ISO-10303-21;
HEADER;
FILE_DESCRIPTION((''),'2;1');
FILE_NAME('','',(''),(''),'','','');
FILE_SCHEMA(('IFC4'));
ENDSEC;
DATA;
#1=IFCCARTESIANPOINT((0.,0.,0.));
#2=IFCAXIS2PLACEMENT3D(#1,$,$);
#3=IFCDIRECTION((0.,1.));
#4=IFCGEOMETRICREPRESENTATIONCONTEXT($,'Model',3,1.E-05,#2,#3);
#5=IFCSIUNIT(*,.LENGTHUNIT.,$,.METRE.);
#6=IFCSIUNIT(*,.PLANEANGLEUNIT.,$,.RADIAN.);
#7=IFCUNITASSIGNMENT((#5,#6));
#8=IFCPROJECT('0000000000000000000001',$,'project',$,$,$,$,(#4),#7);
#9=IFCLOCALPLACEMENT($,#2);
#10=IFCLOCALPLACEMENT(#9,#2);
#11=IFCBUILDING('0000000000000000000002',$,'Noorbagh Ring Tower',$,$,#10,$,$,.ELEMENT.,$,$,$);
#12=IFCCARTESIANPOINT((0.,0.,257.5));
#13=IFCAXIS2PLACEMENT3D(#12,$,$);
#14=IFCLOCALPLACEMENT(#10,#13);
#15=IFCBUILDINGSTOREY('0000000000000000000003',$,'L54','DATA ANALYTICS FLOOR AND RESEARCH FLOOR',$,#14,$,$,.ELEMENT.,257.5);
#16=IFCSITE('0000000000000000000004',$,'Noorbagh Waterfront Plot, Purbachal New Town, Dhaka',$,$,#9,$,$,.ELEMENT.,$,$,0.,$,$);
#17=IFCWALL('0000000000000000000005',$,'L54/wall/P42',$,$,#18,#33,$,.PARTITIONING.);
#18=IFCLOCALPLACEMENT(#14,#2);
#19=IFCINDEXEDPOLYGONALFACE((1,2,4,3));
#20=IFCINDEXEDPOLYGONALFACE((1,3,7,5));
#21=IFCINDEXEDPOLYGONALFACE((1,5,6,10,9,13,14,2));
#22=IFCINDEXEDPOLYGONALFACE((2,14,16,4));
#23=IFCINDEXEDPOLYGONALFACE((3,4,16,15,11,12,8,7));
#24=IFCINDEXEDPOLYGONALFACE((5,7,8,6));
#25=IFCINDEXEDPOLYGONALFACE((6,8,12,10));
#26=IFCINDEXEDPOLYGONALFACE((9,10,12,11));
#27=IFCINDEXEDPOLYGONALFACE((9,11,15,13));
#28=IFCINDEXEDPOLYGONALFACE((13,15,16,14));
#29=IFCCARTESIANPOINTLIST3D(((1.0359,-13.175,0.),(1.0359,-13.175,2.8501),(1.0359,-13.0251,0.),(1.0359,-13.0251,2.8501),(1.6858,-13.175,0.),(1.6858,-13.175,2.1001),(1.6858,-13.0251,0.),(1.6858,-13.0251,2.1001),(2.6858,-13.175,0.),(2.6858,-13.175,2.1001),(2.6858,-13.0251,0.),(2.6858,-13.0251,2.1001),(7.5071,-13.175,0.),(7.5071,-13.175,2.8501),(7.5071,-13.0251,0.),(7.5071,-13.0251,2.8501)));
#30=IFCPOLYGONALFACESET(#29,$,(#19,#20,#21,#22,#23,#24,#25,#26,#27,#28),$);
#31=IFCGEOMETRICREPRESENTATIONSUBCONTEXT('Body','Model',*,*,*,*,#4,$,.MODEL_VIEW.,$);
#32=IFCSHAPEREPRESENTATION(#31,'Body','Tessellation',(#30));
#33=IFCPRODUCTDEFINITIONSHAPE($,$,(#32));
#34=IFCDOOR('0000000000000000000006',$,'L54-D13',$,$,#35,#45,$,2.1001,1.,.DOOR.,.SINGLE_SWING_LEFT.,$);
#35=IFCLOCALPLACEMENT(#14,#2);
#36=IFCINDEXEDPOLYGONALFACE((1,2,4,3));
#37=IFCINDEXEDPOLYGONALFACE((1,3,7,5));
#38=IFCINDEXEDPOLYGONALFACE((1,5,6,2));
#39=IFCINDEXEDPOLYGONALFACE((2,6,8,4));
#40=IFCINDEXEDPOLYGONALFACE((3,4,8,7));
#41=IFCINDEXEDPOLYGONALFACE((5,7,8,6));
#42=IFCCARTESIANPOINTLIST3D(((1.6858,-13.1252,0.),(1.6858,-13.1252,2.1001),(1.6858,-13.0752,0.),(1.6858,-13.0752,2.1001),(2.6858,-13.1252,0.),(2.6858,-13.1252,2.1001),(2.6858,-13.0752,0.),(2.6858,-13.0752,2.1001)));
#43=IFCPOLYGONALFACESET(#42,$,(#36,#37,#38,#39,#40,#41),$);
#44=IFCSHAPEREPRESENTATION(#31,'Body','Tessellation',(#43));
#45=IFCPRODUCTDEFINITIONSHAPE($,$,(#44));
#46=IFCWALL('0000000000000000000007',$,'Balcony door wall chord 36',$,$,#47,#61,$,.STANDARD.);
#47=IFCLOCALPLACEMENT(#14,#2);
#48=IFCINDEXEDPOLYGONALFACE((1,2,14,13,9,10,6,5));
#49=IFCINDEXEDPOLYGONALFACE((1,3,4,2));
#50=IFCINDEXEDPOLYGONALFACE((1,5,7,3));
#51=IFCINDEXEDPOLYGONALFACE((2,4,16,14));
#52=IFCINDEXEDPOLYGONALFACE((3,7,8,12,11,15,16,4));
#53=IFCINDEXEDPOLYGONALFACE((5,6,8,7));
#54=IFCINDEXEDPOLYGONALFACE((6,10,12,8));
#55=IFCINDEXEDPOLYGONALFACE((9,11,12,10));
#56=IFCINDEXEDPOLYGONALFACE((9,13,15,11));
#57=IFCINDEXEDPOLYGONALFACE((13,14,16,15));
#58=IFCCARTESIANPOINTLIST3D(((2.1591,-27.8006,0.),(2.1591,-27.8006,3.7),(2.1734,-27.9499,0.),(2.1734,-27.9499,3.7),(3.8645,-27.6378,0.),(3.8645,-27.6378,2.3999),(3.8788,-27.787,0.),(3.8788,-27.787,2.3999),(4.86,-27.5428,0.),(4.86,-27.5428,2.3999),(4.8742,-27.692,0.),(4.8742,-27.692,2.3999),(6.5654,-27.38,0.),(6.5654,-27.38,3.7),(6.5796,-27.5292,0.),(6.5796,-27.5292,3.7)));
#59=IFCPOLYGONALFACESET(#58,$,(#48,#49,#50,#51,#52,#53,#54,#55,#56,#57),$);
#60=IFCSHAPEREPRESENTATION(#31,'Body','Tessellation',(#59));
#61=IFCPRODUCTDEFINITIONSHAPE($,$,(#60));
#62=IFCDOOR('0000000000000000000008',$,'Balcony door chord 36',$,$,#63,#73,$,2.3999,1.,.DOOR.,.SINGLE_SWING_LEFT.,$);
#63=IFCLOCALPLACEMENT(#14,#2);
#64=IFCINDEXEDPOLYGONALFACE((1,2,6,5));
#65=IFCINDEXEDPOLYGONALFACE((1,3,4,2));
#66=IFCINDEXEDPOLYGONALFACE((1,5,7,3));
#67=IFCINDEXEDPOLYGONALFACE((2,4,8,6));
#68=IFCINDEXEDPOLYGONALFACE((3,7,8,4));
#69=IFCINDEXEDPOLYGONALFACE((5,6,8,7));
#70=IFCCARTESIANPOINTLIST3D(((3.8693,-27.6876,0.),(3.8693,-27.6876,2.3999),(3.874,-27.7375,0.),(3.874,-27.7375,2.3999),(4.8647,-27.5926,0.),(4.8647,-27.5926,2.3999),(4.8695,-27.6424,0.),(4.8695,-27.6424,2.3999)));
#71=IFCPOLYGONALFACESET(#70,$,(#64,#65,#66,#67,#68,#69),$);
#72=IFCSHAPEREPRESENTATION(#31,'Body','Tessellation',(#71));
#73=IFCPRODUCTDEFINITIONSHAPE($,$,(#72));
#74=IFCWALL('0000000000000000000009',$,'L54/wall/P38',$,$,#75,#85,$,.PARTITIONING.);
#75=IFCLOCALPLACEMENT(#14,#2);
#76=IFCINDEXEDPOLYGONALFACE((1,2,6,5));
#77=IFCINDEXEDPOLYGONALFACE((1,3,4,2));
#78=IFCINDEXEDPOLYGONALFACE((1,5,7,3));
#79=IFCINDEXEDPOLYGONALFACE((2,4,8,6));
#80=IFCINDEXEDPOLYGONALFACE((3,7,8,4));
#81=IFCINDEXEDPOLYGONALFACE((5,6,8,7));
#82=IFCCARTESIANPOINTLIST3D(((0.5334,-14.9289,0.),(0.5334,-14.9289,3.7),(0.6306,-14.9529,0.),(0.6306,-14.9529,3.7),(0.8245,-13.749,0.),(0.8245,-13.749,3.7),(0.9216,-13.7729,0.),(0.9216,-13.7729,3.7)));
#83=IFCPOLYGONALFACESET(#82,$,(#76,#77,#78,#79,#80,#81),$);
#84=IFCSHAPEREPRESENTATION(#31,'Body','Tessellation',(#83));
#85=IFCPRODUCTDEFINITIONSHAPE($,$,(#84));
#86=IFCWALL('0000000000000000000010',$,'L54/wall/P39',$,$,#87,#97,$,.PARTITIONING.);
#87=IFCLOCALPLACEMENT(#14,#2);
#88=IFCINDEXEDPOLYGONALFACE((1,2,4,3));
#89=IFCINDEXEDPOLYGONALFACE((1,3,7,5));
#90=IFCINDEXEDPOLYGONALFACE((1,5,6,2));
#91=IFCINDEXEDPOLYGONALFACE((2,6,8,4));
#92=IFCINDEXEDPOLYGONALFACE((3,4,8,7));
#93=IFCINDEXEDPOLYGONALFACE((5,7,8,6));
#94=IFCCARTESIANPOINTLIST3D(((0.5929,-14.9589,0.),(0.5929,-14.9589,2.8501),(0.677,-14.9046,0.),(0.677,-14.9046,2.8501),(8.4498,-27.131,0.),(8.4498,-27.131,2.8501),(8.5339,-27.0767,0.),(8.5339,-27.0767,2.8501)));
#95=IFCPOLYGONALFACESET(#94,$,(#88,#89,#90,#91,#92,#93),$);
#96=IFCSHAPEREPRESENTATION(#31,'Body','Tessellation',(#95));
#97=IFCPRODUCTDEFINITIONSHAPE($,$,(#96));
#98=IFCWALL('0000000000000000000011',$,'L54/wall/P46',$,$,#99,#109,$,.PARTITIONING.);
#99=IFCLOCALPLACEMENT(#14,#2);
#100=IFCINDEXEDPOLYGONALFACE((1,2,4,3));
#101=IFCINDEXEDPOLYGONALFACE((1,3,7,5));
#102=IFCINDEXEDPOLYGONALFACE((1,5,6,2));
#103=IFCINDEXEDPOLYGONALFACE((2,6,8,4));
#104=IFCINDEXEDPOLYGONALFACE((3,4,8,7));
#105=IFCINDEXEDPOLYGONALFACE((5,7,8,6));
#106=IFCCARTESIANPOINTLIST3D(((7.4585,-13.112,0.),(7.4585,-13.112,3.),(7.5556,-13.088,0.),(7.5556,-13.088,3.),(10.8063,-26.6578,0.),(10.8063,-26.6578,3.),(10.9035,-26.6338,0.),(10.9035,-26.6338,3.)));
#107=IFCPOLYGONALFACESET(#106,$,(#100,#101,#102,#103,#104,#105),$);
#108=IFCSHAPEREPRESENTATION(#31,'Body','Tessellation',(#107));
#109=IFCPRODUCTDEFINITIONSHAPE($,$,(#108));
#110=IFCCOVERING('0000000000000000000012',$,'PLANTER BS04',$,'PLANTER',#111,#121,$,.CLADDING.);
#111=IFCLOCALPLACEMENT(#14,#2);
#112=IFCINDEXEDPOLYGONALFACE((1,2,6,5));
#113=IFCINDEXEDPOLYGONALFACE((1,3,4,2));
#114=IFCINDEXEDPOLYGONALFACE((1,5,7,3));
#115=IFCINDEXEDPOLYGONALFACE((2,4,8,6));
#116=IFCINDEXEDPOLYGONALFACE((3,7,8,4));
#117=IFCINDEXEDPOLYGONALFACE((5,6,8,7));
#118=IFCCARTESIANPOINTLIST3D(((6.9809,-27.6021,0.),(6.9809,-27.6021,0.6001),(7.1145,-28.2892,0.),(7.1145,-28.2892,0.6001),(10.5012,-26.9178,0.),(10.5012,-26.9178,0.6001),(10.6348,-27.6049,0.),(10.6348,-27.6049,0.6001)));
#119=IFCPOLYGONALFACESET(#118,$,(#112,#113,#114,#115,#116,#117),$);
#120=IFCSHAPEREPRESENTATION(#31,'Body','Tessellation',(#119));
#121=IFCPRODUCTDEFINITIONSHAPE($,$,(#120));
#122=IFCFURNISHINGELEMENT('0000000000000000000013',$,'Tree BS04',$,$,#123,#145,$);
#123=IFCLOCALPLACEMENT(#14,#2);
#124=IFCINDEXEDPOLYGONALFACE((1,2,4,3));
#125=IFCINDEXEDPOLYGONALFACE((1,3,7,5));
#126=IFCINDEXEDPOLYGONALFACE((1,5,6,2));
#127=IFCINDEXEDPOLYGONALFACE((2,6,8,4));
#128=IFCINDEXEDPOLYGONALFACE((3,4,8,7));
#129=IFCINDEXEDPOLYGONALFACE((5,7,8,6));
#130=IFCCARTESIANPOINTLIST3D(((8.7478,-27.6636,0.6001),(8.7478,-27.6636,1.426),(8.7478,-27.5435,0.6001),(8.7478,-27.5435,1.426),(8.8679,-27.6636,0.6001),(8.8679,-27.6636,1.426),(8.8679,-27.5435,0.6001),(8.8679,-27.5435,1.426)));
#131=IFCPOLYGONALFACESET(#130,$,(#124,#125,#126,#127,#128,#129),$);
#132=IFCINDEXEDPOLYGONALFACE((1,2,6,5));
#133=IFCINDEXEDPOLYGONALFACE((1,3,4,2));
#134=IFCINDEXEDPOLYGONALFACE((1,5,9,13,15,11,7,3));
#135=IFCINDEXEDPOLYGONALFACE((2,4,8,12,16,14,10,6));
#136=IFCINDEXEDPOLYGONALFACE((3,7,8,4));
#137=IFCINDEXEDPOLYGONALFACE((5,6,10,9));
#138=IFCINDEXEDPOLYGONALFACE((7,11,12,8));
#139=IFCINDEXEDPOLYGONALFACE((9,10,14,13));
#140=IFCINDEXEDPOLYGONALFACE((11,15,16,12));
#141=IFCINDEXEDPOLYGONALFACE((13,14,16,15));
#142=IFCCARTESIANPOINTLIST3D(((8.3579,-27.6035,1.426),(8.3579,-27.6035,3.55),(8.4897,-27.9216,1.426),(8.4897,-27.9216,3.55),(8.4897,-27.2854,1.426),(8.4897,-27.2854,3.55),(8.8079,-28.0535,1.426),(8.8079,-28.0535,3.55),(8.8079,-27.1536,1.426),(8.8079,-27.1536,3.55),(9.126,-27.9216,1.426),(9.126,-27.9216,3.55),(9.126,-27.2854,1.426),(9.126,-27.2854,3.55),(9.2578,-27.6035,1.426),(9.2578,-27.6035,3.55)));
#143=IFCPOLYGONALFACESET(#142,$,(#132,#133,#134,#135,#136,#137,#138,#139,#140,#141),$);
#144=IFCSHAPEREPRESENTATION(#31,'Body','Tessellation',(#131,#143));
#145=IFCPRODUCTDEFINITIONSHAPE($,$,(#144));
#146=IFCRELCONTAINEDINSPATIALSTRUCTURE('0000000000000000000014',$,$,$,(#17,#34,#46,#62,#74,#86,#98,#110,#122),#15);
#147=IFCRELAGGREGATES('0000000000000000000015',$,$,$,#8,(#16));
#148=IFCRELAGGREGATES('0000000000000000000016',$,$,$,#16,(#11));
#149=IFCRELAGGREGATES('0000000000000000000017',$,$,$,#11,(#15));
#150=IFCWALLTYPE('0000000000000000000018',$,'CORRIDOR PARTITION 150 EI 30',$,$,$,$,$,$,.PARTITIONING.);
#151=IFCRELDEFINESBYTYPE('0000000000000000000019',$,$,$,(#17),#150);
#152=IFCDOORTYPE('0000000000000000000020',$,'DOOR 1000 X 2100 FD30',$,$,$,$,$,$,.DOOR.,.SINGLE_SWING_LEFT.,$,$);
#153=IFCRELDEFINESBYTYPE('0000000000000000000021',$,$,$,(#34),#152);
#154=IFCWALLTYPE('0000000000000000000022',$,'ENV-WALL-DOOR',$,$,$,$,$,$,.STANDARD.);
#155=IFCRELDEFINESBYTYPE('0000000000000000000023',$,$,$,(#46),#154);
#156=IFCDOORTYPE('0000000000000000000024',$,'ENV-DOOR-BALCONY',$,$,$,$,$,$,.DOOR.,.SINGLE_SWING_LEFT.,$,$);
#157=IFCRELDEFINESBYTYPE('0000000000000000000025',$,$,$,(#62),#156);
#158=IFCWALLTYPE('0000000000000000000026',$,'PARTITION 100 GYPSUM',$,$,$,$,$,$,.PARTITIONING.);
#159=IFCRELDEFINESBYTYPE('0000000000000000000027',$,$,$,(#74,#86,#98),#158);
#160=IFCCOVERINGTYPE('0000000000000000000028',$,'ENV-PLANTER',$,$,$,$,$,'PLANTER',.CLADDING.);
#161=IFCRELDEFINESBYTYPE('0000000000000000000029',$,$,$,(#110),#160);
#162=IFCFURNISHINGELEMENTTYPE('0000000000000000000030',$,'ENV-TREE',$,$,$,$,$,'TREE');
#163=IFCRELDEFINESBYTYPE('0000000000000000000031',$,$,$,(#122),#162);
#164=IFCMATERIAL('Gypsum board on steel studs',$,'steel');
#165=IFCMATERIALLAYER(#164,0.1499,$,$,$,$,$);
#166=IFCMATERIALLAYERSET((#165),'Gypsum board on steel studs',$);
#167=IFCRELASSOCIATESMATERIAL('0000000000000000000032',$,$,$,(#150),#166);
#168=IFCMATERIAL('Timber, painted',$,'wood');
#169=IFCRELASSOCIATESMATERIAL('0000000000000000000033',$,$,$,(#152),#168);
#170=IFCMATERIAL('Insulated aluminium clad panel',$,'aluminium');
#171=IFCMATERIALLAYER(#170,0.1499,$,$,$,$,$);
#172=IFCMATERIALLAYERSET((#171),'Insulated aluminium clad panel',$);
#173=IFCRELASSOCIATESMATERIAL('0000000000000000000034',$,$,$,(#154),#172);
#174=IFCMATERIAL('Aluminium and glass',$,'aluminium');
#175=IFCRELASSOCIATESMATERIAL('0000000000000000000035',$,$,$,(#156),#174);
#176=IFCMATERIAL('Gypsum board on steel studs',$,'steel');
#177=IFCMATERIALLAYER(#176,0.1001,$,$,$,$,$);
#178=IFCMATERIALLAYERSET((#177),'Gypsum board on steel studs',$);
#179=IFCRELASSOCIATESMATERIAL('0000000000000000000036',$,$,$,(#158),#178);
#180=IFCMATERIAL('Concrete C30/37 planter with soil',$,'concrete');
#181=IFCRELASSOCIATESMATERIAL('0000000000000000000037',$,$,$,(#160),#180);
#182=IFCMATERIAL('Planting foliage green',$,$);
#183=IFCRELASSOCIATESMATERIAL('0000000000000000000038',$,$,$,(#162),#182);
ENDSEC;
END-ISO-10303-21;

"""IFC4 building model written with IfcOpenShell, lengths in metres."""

from ifc_helpers import new_model, si_unit, direction, frame, frame_2d, origin, origin_2d, place, context, subcontext, project, spatial, polyline, rectangle, outline, extrude, material, layer, layer_set, type_object, element, fill, save


model = new_model("IFC4")

# Units and contexts
model_context = context("Model", 3, precision=1e-05, world=origin(), true_north=direction((0.0, 1.0)))
body_context = subcontext(model_context, "Body", "Model", "MODEL_VIEW")
ifc_project = project(units=[si_unit("LENGTHUNIT", "METRE"), si_unit("PLANEANGLEUNIT", "RADIAN")], contexts=[model_context])

# Site, building, storey
site_placement = place(None, origin())
site = spatial("IfcSite", under=ifc_project, at=site_placement, Name="Noorbagh Waterfront Plot, Purbachal New Town, Dhaka", CompositionType="ELEMENT", RefElevation=0.0)
building_placement = place(site_placement, origin())
building = spatial("IfcBuilding", under=site, at=building_placement, Name="Noorbagh Ring Tower", CompositionType="ELEMENT")
storey_placement = place(building_placement, frame((0.0, 0.0, 257.5)))
storey = spatial("IfcBuildingStorey", under=building, at=storey_placement, Name="L54", Description="DATA ANALYTICS FLOOR AND RESEARCH FLOOR", CompositionType="ELEMENT", Elevation=257.5)

# Shared definitions
ifc_material_1 = material(Name="Gypsum board on steel studs", Category="steel")
ifc_layer_1 = layer(ifc_material_1, 0.1499)
ifc_layer_set_1 = layer_set([ifc_layer_1], Name="Gypsum board on steel studs")
wall_type_1 = type_object("IfcWallType", Name="CORRIDOR PARTITION 150 EI 30", PredefinedType="PARTITIONING", material=ifc_layer_set_1)

# Walls, openings, doors
wall_1_placement = place(storey_placement, frame((1.0359, -13.1001, 0.0), z_axis=(0.0, 0.0, 1.0), x_axis=(1.0, 0.0, 0.0)))
wall_1 = element("IfcWall", 1, at=wall_1_placement, inside=storey, type_object=wall_type_1, Name="L54/wall/P42", PredefinedType="PARTITIONING", context=body_context, shape_type="SweptSolid", body=[
    extrude(rectangle(XDim=6.4712, YDim=0.1499, at=frame_2d((3.2356, 0.0))), origin(), (0.0, 0.0, 1.0), 2.8501),
])
opening_1_placement = place(wall_1_placement, frame((0.6499, 0.0, 0.0)))
opening_1 = element("IfcOpeningElement", 2, at=opening_1_placement, cuts=wall_1, PredefinedType="OPENING", context=body_context, shape_type="SweptSolid", body=[
    extrude(rectangle(XDim=1.0, YDim=2.1001, at=frame_2d((0.5, 1.05))), frame((0.0, 0.085, 0.0), z_axis=(0.0, -1.0, 0.0), x_axis=(1.0, 0.0, 0.0)), (0.0, 0.0, 1.0), 0.1699),
])
ifc_material_2 = material(Name="Timber, painted", Category="wood")
door_type_1 = type_object("IfcDoorType", Name="DOOR 1000 X 2100 FD30", OperationType="SINGLE_SWING_LEFT", PredefinedType="DOOR", material=ifc_material_2)
door_1_placement = place(opening_1_placement, origin())
door_1 = element("IfcDoor", 3, at=door_1_placement, inside=storey, type_object=door_type_1, Name="L54-D13", OperationType="SINGLE_SWING_LEFT", OverallHeight=2.1001, OverallWidth=1.0, PredefinedType="DOOR", context=body_context, shape_type="SweptSolid", body=[
    extrude(rectangle(XDim=1.0, YDim=2.1001, at=frame_2d((0.5, 1.05))), frame((0.0, 0.0249, 0.0), z_axis=(0.0, -1.0, 0.0), x_axis=(1.0, 0.0, 0.0)), (0.0, 0.0, 1.0), 0.05),
])
fill(opening_1, door_1)
ifc_material_3 = material(Name="Insulated aluminium clad panel", Category="aluminium")
ifc_layer_2 = layer(ifc_material_3, 0.1499)
ifc_layer_set_2 = layer_set([ifc_layer_2], Name="Insulated aluminium clad panel")
wall_type_2 = type_object("IfcWallType", Name="ENV-WALL-DOOR", PredefinedType="STANDARD", material=ifc_layer_set_2)
wall_2_placement = place(storey_placement, frame((2.1663, -27.8752, 0.0), z_axis=(0.0, 0.0, 1.0), x_axis=(0.995474, 0.095036, 0.0)))
wall_2 = element("IfcWall", 4, at=wall_2_placement, inside=storey, type_object=wall_type_2, Name="Balcony door wall chord 36", PredefinedType="STANDARD", context=body_context, shape_type="SweptSolid", body=[
    extrude(rectangle(XDim=4.4263, YDim=0.1499, at=frame_2d((2.2131, 0.0))), origin(), (0.0, 0.0, 1.0), 3.7),
])
opening_2_placement = place(wall_2_placement, frame((1.7131, 0.0, 0.0)))
opening_2 = element("IfcOpeningElement", 5, at=opening_2_placement, cuts=wall_2, PredefinedType="OPENING", context=body_context, shape_type="SweptSolid", body=[
    extrude(rectangle(XDim=1.0, YDim=2.3999, at=frame_2d((0.5, 1.2))), frame((0.0, 0.085, 0.0), z_axis=(0.0, -1.0, 0.0), x_axis=(1.0, 0.0, 0.0)), (0.0, 0.0, 1.0), 0.1699),
])
ifc_material_4 = material(Name="Aluminium and glass", Category="aluminium")
door_type_2 = type_object("IfcDoorType", Name="ENV-DOOR-BALCONY", OperationType="SINGLE_SWING_LEFT", PredefinedType="DOOR", material=ifc_material_4)
door_2_placement = place(opening_2_placement, origin())
door_2 = element("IfcDoor", 6, at=door_2_placement, inside=storey, type_object=door_type_2, Name="Balcony door chord 36", OperationType="SINGLE_SWING_LEFT", OverallHeight=2.3999, OverallWidth=1.0, PredefinedType="DOOR", context=body_context, shape_type="SweptSolid", body=[
    extrude(rectangle(XDim=1.0, YDim=2.3999, at=frame_2d((0.5, 1.2))), frame((0.0, 0.0249, 0.0), z_axis=(0.0, -1.0, 0.0), x_axis=(1.0, 0.0, 0.0)), (0.0, 0.0, 1.0), 0.05),
])
fill(opening_2, door_2)

# Walls
ifc_material_5 = material(Name="Gypsum board on steel studs", Category="steel")
ifc_layer_3 = layer(ifc_material_5, 0.1001)
ifc_layer_set_3 = layer_set([ifc_layer_3], Name="Gypsum board on steel studs")
wall_type_3 = type_object("IfcWallType", Name="PARTITION 100 GYPSUM", PredefinedType="PARTITIONING", material=ifc_layer_set_3)
wall_3_placement = place(storey_placement, frame((0.582, -14.9409, 0.0), z_axis=(0.0, 0.0, 1.0), x_axis=(0.239462, 0.970906, 0.0)))
element("IfcWall", 7, at=wall_3_placement, inside=storey, type_object=wall_type_3, Name="L54/wall/P38", PredefinedType="PARTITIONING", context=body_context, shape_type="SweptSolid", body=[
    extrude(rectangle(XDim=1.2153, YDim=0.1001, at=frame_2d((0.6077, 0.0))), origin(), (0.0, 0.0, 1.0), 3.7),
])
wall_4_placement = place(storey_placement, frame((0.635, -14.9319, 0.0), z_axis=(0.0, 0.0, 1.0), x_axis=(0.54232, -0.840172, 0.0)))
element("IfcWall", 8, at=wall_4_placement, inside=storey, type_object=wall_type_3, Name="L54/wall/P39", PredefinedType="PARTITIONING", context=body_context, shape_type="SweptSolid", body=[
    extrude(rectangle(XDim=14.4875, YDim=0.1001, at=frame_2d((7.2437, 0.0))), origin(), (0.0, 0.0, 1.0), 2.8501),
])
wall_5_placement = place(storey_placement, frame((7.5071, -13.1001, 0.0), z_axis=(0.0, 0.0, 1.0), x_axis=(0.239933, -0.970789, 0.0)))
element("IfcWall", 9, at=wall_5_placement, inside=storey, type_object=wall_type_3, Name="L54/wall/P46", PredefinedType="PARTITIONING", context=body_context, shape_type="SweptSolid", body=[
    extrude(rectangle(XDim=13.9534, YDim=0.1001, at=frame_2d((6.9766, 0.0))), origin(), (0.0, 0.0, 1.0), 3.0),
])

# Covering
ifc_material_6 = material(Name="Concrete C30/37 planter with soil", Category="concrete")
covering_type = type_object("IfcCoveringType", Name="ENV-PLANTER", ElementType="PLANTER", PredefinedType="CLADDING", material=ifc_material_6)
covering_placement = place(storey_placement, frame((8.8079, -27.6035, 0.0), z_axis=(0.0, 0.0, 1.0), x_axis=(0.981625, 0.19082, 0.0)))
element("IfcCovering", 10, at=covering_placement, inside=storey, type_object=covering_type, Name="PLANTER BS04", ObjectType="PLANTER", PredefinedType="CLADDING", context=body_context, shape_type="SweptSolid", body=[
    extrude(rectangle(XDim=3.5862, YDim=0.7, at=origin_2d()), origin(), (0.0, 0.0, 1.0), 0.6001),
])

# Furnishing element
ifc_material_7 = material(Name="Planting foliage green")
furnishing_element_type = type_object("IfcFurnishingElementType", Name="ENV-TREE", ElementType="TREE", material=ifc_material_7)
furnishing_placement = place(storey_placement, frame((8.8079, -27.6035, 0.6001), z_axis=(0.0, 0.0, 1.0), x_axis=(1.0, 0.0, 0.0)))
element("IfcFurnishingElement", 11, at=furnishing_placement, inside=storey, type_object=furnishing_element_type, Name="Tree BS04", context=body_context, shape_type="SweptSolid", body=[
    extrude(rectangle(XDim=0.1201, YDim=0.1201, at=origin_2d()), origin(), (0.0, 0.0, 1.0), 0.8259),
    extrude(outline(polyline([(0.45, 0.0), (0.3181, 0.3181), (0.0, 0.45), (-0.3181, 0.3181), (-0.45, 0.0), (-0.3181, -0.3181), (0.0, -0.45), (0.3181, -0.3181), (0.45, 0.0)])), frame((0.0, 0.0, 0.8259)), (0.0, 0.0, 1.0), 2.124),
])

save(model, "model.ifc")
